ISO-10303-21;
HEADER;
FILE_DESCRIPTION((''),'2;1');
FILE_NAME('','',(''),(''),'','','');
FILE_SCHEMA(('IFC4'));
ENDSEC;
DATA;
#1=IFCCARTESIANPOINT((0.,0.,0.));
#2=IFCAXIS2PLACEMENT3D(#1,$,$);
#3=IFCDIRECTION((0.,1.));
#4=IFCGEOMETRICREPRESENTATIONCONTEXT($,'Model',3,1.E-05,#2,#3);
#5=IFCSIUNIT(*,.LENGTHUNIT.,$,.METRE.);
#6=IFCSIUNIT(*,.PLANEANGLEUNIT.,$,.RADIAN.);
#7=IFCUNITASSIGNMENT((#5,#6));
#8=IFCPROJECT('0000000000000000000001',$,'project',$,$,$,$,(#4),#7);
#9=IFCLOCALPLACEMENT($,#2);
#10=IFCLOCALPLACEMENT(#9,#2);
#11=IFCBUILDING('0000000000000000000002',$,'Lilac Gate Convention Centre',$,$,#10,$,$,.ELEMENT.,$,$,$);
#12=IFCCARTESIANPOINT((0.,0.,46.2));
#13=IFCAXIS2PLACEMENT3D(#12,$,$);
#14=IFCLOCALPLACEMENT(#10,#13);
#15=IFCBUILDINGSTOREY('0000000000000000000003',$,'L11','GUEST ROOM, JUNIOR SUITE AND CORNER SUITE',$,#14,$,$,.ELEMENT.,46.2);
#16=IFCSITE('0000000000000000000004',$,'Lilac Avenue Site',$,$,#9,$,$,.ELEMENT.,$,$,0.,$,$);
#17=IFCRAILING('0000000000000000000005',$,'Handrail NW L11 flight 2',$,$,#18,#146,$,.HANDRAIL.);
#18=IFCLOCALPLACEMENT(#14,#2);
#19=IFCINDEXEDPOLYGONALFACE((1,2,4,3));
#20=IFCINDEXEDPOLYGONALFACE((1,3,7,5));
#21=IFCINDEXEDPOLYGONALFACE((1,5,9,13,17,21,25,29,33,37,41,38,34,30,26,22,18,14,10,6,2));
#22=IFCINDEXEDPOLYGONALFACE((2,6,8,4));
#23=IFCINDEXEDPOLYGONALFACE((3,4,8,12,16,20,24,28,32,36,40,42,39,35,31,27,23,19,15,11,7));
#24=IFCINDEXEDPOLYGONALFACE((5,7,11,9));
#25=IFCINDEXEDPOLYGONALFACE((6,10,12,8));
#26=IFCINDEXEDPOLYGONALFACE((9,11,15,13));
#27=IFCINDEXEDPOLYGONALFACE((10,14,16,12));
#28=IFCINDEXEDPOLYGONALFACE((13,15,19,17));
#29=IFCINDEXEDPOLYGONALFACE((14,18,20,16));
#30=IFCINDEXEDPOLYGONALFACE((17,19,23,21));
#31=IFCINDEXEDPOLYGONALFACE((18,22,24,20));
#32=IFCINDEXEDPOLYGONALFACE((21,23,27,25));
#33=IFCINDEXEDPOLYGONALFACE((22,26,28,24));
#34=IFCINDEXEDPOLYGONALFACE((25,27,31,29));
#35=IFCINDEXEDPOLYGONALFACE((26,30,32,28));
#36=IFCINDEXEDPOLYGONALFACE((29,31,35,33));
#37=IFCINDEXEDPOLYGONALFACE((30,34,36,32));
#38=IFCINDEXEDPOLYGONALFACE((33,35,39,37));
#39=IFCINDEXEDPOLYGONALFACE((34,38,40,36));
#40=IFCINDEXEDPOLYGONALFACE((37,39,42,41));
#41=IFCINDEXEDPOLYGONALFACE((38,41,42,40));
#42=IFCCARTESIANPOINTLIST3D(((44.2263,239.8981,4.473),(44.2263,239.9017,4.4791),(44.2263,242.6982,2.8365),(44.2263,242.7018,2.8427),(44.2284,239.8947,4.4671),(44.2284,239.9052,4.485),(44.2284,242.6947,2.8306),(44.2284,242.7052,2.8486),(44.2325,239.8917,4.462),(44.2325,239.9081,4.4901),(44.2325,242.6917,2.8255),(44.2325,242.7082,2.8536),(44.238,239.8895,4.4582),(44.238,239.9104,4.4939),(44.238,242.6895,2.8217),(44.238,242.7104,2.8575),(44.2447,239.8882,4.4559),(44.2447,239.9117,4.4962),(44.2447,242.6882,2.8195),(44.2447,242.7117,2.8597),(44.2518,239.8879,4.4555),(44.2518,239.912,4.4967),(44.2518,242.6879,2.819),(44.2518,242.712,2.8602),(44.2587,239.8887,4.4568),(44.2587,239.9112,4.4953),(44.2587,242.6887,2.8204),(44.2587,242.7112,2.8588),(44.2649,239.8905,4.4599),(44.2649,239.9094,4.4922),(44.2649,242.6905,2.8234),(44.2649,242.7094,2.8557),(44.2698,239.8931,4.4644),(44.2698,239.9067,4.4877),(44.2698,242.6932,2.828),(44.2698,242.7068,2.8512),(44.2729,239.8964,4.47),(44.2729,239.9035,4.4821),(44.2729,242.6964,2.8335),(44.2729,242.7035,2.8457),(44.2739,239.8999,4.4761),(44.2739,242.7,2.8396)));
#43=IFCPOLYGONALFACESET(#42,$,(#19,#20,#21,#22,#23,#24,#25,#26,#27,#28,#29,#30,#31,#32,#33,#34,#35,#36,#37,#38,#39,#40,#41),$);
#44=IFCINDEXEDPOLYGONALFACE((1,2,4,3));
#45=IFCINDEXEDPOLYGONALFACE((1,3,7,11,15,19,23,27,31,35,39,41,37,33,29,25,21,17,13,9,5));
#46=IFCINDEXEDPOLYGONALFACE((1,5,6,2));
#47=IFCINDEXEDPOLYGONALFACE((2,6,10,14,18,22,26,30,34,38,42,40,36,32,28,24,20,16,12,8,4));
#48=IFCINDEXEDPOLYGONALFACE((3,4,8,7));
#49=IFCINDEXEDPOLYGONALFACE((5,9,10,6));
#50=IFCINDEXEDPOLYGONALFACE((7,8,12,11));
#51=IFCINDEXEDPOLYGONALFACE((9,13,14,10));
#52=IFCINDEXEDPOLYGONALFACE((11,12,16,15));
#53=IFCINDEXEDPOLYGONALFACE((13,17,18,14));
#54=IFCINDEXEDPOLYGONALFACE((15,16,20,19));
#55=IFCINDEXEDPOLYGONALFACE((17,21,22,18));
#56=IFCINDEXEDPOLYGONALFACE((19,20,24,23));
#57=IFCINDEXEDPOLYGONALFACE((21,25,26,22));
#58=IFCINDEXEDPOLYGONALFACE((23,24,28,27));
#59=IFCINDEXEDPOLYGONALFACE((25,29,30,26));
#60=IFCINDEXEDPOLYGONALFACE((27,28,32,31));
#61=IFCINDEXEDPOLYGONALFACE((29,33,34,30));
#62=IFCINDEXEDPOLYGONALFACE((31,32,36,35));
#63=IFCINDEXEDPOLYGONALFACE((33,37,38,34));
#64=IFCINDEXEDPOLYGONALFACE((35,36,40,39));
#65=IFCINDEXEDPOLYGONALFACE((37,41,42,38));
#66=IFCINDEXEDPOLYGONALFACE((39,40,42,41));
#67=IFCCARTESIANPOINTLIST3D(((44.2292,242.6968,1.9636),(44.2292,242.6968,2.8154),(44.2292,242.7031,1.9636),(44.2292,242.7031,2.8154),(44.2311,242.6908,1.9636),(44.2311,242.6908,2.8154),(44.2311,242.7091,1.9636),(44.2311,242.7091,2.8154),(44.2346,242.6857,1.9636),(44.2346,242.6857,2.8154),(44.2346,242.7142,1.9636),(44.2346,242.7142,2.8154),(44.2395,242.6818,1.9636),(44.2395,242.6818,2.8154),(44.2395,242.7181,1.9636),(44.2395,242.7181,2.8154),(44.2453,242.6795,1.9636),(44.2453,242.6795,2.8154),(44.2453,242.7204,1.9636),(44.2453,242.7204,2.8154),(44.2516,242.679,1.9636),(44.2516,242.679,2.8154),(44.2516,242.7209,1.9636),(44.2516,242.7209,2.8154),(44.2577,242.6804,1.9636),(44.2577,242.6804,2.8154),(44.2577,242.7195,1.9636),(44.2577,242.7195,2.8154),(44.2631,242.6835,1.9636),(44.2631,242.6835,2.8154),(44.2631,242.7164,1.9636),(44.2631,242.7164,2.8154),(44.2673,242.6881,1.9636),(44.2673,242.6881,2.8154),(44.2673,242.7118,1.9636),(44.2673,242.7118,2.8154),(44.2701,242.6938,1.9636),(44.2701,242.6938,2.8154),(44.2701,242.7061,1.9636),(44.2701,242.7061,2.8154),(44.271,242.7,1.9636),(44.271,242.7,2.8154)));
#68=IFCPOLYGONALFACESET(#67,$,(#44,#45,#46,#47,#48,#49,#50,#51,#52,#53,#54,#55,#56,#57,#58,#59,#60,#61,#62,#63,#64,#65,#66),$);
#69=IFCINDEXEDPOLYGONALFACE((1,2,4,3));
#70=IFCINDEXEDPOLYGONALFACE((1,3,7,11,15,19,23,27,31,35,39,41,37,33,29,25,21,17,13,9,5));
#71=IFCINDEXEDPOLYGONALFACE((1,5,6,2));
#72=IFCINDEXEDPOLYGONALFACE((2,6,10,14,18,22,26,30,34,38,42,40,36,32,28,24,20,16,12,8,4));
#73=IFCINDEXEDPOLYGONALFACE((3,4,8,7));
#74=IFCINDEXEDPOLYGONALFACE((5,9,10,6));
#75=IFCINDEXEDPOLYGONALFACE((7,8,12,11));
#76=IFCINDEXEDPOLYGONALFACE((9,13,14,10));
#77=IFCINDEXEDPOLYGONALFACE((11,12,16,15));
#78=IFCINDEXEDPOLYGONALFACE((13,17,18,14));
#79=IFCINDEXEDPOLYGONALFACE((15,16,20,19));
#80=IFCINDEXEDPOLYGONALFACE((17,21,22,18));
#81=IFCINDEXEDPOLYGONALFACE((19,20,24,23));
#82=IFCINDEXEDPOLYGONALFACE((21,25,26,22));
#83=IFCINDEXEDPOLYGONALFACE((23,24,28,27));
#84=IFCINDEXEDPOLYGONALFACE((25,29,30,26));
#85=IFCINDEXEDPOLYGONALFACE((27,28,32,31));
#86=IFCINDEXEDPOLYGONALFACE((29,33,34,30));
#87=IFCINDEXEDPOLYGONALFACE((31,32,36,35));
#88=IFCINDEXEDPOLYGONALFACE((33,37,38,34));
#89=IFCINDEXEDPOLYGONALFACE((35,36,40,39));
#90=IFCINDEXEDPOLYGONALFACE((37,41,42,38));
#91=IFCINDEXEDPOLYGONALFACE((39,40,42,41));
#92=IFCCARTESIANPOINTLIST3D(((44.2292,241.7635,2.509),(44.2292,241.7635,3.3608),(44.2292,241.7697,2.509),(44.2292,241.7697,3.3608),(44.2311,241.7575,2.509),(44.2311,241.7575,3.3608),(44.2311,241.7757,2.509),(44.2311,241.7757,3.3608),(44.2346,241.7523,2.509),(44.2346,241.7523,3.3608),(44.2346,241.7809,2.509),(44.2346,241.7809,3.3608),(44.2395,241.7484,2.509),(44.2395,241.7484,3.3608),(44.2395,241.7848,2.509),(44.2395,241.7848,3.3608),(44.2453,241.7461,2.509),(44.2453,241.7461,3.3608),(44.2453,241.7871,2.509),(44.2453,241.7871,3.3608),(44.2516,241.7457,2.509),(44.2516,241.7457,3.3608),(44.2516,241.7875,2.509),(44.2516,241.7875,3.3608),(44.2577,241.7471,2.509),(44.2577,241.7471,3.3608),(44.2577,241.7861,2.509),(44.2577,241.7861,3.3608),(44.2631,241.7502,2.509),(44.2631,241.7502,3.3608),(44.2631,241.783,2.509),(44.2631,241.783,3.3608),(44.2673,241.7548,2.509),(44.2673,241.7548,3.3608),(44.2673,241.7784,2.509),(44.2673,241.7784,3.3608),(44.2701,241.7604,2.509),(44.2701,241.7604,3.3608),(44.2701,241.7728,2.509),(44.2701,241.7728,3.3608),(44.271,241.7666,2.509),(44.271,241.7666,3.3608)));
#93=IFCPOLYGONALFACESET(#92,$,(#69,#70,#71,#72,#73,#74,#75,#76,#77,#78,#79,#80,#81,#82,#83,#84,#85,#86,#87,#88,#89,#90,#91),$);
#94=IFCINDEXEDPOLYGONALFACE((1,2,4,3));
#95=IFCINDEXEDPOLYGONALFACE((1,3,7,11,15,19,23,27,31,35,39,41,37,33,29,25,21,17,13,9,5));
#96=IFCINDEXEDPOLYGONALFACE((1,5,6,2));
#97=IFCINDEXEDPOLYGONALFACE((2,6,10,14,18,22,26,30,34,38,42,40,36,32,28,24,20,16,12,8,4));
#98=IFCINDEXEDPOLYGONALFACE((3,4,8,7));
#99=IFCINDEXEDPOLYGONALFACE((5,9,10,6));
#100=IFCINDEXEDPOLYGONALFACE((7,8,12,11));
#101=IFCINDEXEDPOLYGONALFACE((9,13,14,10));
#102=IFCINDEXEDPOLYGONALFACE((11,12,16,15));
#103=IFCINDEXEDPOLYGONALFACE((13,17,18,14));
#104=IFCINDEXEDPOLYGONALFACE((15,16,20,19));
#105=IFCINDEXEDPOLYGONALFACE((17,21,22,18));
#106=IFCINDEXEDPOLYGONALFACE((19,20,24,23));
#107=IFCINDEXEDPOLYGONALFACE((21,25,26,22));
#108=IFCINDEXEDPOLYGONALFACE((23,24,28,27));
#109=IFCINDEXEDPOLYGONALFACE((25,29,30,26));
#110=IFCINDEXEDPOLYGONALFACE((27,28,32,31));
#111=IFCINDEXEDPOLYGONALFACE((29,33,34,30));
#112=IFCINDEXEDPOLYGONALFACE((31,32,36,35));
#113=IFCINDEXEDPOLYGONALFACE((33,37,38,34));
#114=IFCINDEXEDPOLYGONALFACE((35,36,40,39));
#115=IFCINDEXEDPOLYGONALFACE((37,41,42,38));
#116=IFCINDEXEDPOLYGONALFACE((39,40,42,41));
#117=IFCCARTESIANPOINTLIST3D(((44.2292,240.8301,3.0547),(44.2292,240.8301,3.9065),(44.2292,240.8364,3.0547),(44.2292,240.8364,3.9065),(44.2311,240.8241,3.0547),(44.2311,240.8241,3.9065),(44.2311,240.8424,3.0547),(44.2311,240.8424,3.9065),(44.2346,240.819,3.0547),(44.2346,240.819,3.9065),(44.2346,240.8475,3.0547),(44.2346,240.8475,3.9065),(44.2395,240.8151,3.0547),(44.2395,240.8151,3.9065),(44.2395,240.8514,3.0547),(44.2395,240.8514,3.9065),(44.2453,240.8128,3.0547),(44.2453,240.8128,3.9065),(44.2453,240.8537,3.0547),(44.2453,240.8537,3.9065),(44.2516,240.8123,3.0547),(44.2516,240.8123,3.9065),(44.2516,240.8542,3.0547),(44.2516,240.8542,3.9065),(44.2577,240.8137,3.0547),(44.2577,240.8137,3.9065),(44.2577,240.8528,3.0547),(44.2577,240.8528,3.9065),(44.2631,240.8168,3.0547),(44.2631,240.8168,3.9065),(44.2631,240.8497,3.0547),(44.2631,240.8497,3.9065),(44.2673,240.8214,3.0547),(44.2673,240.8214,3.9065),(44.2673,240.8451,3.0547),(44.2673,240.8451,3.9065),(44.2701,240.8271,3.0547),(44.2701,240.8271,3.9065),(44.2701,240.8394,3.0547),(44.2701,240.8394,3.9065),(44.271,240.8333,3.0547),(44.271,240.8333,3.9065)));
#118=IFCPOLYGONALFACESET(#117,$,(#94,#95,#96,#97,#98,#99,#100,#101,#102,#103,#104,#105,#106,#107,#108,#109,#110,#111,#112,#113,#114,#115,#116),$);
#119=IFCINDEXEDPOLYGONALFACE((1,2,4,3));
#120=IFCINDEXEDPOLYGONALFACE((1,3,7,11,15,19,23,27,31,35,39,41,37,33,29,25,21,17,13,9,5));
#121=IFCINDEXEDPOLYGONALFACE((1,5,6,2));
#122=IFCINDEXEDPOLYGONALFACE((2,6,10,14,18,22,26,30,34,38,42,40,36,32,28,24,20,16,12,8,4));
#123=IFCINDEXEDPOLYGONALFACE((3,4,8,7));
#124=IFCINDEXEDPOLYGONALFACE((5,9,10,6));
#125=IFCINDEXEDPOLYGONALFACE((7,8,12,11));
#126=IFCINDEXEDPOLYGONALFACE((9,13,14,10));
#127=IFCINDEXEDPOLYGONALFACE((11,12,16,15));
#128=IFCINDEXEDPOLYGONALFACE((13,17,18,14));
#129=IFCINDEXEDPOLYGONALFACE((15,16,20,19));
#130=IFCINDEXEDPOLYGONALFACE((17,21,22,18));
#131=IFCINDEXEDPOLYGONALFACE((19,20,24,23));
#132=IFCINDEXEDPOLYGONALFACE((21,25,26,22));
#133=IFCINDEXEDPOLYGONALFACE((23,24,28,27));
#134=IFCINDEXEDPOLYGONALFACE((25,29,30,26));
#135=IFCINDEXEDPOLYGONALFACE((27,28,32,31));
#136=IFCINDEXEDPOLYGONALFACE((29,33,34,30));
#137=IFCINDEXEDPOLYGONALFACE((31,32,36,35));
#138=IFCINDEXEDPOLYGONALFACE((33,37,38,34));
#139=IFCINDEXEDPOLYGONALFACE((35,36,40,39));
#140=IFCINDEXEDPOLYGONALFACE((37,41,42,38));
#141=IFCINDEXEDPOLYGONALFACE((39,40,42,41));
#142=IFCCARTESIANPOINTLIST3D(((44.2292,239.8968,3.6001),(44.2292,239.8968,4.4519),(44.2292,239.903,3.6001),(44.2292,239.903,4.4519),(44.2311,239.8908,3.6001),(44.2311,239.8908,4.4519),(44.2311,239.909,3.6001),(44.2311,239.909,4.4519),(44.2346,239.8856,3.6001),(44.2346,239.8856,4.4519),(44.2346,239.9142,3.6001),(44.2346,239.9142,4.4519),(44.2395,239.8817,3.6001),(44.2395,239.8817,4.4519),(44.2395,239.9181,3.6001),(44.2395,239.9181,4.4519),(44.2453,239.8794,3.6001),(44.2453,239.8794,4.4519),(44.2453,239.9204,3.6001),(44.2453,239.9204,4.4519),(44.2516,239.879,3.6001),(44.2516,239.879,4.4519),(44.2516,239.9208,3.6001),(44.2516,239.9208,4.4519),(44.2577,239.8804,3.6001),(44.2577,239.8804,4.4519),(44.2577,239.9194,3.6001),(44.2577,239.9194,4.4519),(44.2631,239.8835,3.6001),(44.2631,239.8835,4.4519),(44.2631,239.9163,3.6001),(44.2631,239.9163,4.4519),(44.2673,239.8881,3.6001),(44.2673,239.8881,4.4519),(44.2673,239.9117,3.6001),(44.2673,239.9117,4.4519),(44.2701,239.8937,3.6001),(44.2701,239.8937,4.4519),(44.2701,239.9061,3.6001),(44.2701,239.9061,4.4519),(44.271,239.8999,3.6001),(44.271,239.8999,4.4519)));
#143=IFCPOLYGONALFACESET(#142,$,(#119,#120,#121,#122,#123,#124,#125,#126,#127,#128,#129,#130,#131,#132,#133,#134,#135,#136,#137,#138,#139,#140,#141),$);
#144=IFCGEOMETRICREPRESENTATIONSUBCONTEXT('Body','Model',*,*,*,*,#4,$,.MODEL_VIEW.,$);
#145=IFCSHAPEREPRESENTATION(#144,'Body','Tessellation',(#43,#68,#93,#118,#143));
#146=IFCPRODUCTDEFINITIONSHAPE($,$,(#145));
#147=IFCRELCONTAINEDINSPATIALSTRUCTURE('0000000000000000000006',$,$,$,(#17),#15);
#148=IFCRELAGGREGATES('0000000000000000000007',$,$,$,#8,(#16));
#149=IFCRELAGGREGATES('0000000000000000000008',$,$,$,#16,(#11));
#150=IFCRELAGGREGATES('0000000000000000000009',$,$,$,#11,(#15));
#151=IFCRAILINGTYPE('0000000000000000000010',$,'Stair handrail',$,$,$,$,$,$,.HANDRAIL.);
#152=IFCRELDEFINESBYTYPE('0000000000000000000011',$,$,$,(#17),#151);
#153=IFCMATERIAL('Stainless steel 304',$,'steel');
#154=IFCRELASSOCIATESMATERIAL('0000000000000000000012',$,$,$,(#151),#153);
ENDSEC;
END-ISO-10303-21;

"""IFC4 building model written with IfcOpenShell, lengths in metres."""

from ifc_helpers import new_model, si_unit, direction, frame, origin, origin_2d, place, context, subcontext, project, spatial, circle, extrude, material, type_object, element, save


model = new_model("IFC4")

# Units and contexts
model_context = context("Model", 3, precision=1e-05, world=origin(), true_north=direction((0.0, 1.0)))
body_context = subcontext(model_context, "Body", "Model", "MODEL_VIEW")
ifc_project = project(units=[si_unit("LENGTHUNIT", "METRE"), si_unit("PLANEANGLEUNIT", "RADIAN")], contexts=[model_context])

# Site, building, storey
site_placement = place(None, origin())
site = spatial("IfcSite", under=ifc_project, at=site_placement, Name="Lilac Avenue Site", CompositionType="ELEMENT", RefElevation=0.0)
building_placement = place(site_placement, origin())
building = spatial("IfcBuilding", under=site, at=building_placement, Name="Lilac Gate Convention Centre", CompositionType="ELEMENT")
storey_placement = place(building_placement, frame((0.0, 0.0, 46.2)))
storey = spatial("IfcBuildingStorey", under=building, at=storey_placement, Name="L11", Description="GUEST ROOM, JUNIOR SUITE AND CORNER SUITE", CompositionType="ELEMENT", Elevation=46.2)

# Railing
ifc_material_1 = material(Name="Stainless steel 304", Category="steel")
railing_type = type_object("IfcRailingType", Name="Stair handrail", PredefinedType="HANDRAIL", material=ifc_material_1)
for number, where, name in (
    (1, (44.25, 242.7, 1.9636), "Handrail NW L11 flight 2"),
):
    element("IfcRailing", number, at=place(storey_placement, frame(where)), inside=storey, type_object=railing_type, Name=name, PredefinedType="HANDRAIL", context=body_context, shape_type="SweptSolid", body=[
        extrude(circle(Radius=0.0239, at=origin_2d()), frame((0.0, 0.0, 0.876), z_axis=(0.0, -0.863361, 0.504587), x_axis=(1.0, 0.0, 0.0)), (0.0, 0.0, 1.0), 3.2432),
        extrude(circle(Radius=0.021, at=origin_2d()), origin(), (0.0, 0.0, 1.0), 0.8518),
        extrude(circle(Radius=0.021, at=origin_2d()), frame((0.0, -0.9333, 0.5454)), (0.0, 0.0, 1.0), 0.8518),
        extrude(circle(Radius=0.021, at=origin_2d()), frame((0.0, -1.8667, 1.0911)), (0.0, 0.0, 1.0), 0.8518),
        extrude(circle(Radius=0.021, at=origin_2d()), frame((0.0, -2.8, 1.6365)), (0.0, 0.0, 1.0), 0.8518),
    ])

save(model, "model.ifc")
